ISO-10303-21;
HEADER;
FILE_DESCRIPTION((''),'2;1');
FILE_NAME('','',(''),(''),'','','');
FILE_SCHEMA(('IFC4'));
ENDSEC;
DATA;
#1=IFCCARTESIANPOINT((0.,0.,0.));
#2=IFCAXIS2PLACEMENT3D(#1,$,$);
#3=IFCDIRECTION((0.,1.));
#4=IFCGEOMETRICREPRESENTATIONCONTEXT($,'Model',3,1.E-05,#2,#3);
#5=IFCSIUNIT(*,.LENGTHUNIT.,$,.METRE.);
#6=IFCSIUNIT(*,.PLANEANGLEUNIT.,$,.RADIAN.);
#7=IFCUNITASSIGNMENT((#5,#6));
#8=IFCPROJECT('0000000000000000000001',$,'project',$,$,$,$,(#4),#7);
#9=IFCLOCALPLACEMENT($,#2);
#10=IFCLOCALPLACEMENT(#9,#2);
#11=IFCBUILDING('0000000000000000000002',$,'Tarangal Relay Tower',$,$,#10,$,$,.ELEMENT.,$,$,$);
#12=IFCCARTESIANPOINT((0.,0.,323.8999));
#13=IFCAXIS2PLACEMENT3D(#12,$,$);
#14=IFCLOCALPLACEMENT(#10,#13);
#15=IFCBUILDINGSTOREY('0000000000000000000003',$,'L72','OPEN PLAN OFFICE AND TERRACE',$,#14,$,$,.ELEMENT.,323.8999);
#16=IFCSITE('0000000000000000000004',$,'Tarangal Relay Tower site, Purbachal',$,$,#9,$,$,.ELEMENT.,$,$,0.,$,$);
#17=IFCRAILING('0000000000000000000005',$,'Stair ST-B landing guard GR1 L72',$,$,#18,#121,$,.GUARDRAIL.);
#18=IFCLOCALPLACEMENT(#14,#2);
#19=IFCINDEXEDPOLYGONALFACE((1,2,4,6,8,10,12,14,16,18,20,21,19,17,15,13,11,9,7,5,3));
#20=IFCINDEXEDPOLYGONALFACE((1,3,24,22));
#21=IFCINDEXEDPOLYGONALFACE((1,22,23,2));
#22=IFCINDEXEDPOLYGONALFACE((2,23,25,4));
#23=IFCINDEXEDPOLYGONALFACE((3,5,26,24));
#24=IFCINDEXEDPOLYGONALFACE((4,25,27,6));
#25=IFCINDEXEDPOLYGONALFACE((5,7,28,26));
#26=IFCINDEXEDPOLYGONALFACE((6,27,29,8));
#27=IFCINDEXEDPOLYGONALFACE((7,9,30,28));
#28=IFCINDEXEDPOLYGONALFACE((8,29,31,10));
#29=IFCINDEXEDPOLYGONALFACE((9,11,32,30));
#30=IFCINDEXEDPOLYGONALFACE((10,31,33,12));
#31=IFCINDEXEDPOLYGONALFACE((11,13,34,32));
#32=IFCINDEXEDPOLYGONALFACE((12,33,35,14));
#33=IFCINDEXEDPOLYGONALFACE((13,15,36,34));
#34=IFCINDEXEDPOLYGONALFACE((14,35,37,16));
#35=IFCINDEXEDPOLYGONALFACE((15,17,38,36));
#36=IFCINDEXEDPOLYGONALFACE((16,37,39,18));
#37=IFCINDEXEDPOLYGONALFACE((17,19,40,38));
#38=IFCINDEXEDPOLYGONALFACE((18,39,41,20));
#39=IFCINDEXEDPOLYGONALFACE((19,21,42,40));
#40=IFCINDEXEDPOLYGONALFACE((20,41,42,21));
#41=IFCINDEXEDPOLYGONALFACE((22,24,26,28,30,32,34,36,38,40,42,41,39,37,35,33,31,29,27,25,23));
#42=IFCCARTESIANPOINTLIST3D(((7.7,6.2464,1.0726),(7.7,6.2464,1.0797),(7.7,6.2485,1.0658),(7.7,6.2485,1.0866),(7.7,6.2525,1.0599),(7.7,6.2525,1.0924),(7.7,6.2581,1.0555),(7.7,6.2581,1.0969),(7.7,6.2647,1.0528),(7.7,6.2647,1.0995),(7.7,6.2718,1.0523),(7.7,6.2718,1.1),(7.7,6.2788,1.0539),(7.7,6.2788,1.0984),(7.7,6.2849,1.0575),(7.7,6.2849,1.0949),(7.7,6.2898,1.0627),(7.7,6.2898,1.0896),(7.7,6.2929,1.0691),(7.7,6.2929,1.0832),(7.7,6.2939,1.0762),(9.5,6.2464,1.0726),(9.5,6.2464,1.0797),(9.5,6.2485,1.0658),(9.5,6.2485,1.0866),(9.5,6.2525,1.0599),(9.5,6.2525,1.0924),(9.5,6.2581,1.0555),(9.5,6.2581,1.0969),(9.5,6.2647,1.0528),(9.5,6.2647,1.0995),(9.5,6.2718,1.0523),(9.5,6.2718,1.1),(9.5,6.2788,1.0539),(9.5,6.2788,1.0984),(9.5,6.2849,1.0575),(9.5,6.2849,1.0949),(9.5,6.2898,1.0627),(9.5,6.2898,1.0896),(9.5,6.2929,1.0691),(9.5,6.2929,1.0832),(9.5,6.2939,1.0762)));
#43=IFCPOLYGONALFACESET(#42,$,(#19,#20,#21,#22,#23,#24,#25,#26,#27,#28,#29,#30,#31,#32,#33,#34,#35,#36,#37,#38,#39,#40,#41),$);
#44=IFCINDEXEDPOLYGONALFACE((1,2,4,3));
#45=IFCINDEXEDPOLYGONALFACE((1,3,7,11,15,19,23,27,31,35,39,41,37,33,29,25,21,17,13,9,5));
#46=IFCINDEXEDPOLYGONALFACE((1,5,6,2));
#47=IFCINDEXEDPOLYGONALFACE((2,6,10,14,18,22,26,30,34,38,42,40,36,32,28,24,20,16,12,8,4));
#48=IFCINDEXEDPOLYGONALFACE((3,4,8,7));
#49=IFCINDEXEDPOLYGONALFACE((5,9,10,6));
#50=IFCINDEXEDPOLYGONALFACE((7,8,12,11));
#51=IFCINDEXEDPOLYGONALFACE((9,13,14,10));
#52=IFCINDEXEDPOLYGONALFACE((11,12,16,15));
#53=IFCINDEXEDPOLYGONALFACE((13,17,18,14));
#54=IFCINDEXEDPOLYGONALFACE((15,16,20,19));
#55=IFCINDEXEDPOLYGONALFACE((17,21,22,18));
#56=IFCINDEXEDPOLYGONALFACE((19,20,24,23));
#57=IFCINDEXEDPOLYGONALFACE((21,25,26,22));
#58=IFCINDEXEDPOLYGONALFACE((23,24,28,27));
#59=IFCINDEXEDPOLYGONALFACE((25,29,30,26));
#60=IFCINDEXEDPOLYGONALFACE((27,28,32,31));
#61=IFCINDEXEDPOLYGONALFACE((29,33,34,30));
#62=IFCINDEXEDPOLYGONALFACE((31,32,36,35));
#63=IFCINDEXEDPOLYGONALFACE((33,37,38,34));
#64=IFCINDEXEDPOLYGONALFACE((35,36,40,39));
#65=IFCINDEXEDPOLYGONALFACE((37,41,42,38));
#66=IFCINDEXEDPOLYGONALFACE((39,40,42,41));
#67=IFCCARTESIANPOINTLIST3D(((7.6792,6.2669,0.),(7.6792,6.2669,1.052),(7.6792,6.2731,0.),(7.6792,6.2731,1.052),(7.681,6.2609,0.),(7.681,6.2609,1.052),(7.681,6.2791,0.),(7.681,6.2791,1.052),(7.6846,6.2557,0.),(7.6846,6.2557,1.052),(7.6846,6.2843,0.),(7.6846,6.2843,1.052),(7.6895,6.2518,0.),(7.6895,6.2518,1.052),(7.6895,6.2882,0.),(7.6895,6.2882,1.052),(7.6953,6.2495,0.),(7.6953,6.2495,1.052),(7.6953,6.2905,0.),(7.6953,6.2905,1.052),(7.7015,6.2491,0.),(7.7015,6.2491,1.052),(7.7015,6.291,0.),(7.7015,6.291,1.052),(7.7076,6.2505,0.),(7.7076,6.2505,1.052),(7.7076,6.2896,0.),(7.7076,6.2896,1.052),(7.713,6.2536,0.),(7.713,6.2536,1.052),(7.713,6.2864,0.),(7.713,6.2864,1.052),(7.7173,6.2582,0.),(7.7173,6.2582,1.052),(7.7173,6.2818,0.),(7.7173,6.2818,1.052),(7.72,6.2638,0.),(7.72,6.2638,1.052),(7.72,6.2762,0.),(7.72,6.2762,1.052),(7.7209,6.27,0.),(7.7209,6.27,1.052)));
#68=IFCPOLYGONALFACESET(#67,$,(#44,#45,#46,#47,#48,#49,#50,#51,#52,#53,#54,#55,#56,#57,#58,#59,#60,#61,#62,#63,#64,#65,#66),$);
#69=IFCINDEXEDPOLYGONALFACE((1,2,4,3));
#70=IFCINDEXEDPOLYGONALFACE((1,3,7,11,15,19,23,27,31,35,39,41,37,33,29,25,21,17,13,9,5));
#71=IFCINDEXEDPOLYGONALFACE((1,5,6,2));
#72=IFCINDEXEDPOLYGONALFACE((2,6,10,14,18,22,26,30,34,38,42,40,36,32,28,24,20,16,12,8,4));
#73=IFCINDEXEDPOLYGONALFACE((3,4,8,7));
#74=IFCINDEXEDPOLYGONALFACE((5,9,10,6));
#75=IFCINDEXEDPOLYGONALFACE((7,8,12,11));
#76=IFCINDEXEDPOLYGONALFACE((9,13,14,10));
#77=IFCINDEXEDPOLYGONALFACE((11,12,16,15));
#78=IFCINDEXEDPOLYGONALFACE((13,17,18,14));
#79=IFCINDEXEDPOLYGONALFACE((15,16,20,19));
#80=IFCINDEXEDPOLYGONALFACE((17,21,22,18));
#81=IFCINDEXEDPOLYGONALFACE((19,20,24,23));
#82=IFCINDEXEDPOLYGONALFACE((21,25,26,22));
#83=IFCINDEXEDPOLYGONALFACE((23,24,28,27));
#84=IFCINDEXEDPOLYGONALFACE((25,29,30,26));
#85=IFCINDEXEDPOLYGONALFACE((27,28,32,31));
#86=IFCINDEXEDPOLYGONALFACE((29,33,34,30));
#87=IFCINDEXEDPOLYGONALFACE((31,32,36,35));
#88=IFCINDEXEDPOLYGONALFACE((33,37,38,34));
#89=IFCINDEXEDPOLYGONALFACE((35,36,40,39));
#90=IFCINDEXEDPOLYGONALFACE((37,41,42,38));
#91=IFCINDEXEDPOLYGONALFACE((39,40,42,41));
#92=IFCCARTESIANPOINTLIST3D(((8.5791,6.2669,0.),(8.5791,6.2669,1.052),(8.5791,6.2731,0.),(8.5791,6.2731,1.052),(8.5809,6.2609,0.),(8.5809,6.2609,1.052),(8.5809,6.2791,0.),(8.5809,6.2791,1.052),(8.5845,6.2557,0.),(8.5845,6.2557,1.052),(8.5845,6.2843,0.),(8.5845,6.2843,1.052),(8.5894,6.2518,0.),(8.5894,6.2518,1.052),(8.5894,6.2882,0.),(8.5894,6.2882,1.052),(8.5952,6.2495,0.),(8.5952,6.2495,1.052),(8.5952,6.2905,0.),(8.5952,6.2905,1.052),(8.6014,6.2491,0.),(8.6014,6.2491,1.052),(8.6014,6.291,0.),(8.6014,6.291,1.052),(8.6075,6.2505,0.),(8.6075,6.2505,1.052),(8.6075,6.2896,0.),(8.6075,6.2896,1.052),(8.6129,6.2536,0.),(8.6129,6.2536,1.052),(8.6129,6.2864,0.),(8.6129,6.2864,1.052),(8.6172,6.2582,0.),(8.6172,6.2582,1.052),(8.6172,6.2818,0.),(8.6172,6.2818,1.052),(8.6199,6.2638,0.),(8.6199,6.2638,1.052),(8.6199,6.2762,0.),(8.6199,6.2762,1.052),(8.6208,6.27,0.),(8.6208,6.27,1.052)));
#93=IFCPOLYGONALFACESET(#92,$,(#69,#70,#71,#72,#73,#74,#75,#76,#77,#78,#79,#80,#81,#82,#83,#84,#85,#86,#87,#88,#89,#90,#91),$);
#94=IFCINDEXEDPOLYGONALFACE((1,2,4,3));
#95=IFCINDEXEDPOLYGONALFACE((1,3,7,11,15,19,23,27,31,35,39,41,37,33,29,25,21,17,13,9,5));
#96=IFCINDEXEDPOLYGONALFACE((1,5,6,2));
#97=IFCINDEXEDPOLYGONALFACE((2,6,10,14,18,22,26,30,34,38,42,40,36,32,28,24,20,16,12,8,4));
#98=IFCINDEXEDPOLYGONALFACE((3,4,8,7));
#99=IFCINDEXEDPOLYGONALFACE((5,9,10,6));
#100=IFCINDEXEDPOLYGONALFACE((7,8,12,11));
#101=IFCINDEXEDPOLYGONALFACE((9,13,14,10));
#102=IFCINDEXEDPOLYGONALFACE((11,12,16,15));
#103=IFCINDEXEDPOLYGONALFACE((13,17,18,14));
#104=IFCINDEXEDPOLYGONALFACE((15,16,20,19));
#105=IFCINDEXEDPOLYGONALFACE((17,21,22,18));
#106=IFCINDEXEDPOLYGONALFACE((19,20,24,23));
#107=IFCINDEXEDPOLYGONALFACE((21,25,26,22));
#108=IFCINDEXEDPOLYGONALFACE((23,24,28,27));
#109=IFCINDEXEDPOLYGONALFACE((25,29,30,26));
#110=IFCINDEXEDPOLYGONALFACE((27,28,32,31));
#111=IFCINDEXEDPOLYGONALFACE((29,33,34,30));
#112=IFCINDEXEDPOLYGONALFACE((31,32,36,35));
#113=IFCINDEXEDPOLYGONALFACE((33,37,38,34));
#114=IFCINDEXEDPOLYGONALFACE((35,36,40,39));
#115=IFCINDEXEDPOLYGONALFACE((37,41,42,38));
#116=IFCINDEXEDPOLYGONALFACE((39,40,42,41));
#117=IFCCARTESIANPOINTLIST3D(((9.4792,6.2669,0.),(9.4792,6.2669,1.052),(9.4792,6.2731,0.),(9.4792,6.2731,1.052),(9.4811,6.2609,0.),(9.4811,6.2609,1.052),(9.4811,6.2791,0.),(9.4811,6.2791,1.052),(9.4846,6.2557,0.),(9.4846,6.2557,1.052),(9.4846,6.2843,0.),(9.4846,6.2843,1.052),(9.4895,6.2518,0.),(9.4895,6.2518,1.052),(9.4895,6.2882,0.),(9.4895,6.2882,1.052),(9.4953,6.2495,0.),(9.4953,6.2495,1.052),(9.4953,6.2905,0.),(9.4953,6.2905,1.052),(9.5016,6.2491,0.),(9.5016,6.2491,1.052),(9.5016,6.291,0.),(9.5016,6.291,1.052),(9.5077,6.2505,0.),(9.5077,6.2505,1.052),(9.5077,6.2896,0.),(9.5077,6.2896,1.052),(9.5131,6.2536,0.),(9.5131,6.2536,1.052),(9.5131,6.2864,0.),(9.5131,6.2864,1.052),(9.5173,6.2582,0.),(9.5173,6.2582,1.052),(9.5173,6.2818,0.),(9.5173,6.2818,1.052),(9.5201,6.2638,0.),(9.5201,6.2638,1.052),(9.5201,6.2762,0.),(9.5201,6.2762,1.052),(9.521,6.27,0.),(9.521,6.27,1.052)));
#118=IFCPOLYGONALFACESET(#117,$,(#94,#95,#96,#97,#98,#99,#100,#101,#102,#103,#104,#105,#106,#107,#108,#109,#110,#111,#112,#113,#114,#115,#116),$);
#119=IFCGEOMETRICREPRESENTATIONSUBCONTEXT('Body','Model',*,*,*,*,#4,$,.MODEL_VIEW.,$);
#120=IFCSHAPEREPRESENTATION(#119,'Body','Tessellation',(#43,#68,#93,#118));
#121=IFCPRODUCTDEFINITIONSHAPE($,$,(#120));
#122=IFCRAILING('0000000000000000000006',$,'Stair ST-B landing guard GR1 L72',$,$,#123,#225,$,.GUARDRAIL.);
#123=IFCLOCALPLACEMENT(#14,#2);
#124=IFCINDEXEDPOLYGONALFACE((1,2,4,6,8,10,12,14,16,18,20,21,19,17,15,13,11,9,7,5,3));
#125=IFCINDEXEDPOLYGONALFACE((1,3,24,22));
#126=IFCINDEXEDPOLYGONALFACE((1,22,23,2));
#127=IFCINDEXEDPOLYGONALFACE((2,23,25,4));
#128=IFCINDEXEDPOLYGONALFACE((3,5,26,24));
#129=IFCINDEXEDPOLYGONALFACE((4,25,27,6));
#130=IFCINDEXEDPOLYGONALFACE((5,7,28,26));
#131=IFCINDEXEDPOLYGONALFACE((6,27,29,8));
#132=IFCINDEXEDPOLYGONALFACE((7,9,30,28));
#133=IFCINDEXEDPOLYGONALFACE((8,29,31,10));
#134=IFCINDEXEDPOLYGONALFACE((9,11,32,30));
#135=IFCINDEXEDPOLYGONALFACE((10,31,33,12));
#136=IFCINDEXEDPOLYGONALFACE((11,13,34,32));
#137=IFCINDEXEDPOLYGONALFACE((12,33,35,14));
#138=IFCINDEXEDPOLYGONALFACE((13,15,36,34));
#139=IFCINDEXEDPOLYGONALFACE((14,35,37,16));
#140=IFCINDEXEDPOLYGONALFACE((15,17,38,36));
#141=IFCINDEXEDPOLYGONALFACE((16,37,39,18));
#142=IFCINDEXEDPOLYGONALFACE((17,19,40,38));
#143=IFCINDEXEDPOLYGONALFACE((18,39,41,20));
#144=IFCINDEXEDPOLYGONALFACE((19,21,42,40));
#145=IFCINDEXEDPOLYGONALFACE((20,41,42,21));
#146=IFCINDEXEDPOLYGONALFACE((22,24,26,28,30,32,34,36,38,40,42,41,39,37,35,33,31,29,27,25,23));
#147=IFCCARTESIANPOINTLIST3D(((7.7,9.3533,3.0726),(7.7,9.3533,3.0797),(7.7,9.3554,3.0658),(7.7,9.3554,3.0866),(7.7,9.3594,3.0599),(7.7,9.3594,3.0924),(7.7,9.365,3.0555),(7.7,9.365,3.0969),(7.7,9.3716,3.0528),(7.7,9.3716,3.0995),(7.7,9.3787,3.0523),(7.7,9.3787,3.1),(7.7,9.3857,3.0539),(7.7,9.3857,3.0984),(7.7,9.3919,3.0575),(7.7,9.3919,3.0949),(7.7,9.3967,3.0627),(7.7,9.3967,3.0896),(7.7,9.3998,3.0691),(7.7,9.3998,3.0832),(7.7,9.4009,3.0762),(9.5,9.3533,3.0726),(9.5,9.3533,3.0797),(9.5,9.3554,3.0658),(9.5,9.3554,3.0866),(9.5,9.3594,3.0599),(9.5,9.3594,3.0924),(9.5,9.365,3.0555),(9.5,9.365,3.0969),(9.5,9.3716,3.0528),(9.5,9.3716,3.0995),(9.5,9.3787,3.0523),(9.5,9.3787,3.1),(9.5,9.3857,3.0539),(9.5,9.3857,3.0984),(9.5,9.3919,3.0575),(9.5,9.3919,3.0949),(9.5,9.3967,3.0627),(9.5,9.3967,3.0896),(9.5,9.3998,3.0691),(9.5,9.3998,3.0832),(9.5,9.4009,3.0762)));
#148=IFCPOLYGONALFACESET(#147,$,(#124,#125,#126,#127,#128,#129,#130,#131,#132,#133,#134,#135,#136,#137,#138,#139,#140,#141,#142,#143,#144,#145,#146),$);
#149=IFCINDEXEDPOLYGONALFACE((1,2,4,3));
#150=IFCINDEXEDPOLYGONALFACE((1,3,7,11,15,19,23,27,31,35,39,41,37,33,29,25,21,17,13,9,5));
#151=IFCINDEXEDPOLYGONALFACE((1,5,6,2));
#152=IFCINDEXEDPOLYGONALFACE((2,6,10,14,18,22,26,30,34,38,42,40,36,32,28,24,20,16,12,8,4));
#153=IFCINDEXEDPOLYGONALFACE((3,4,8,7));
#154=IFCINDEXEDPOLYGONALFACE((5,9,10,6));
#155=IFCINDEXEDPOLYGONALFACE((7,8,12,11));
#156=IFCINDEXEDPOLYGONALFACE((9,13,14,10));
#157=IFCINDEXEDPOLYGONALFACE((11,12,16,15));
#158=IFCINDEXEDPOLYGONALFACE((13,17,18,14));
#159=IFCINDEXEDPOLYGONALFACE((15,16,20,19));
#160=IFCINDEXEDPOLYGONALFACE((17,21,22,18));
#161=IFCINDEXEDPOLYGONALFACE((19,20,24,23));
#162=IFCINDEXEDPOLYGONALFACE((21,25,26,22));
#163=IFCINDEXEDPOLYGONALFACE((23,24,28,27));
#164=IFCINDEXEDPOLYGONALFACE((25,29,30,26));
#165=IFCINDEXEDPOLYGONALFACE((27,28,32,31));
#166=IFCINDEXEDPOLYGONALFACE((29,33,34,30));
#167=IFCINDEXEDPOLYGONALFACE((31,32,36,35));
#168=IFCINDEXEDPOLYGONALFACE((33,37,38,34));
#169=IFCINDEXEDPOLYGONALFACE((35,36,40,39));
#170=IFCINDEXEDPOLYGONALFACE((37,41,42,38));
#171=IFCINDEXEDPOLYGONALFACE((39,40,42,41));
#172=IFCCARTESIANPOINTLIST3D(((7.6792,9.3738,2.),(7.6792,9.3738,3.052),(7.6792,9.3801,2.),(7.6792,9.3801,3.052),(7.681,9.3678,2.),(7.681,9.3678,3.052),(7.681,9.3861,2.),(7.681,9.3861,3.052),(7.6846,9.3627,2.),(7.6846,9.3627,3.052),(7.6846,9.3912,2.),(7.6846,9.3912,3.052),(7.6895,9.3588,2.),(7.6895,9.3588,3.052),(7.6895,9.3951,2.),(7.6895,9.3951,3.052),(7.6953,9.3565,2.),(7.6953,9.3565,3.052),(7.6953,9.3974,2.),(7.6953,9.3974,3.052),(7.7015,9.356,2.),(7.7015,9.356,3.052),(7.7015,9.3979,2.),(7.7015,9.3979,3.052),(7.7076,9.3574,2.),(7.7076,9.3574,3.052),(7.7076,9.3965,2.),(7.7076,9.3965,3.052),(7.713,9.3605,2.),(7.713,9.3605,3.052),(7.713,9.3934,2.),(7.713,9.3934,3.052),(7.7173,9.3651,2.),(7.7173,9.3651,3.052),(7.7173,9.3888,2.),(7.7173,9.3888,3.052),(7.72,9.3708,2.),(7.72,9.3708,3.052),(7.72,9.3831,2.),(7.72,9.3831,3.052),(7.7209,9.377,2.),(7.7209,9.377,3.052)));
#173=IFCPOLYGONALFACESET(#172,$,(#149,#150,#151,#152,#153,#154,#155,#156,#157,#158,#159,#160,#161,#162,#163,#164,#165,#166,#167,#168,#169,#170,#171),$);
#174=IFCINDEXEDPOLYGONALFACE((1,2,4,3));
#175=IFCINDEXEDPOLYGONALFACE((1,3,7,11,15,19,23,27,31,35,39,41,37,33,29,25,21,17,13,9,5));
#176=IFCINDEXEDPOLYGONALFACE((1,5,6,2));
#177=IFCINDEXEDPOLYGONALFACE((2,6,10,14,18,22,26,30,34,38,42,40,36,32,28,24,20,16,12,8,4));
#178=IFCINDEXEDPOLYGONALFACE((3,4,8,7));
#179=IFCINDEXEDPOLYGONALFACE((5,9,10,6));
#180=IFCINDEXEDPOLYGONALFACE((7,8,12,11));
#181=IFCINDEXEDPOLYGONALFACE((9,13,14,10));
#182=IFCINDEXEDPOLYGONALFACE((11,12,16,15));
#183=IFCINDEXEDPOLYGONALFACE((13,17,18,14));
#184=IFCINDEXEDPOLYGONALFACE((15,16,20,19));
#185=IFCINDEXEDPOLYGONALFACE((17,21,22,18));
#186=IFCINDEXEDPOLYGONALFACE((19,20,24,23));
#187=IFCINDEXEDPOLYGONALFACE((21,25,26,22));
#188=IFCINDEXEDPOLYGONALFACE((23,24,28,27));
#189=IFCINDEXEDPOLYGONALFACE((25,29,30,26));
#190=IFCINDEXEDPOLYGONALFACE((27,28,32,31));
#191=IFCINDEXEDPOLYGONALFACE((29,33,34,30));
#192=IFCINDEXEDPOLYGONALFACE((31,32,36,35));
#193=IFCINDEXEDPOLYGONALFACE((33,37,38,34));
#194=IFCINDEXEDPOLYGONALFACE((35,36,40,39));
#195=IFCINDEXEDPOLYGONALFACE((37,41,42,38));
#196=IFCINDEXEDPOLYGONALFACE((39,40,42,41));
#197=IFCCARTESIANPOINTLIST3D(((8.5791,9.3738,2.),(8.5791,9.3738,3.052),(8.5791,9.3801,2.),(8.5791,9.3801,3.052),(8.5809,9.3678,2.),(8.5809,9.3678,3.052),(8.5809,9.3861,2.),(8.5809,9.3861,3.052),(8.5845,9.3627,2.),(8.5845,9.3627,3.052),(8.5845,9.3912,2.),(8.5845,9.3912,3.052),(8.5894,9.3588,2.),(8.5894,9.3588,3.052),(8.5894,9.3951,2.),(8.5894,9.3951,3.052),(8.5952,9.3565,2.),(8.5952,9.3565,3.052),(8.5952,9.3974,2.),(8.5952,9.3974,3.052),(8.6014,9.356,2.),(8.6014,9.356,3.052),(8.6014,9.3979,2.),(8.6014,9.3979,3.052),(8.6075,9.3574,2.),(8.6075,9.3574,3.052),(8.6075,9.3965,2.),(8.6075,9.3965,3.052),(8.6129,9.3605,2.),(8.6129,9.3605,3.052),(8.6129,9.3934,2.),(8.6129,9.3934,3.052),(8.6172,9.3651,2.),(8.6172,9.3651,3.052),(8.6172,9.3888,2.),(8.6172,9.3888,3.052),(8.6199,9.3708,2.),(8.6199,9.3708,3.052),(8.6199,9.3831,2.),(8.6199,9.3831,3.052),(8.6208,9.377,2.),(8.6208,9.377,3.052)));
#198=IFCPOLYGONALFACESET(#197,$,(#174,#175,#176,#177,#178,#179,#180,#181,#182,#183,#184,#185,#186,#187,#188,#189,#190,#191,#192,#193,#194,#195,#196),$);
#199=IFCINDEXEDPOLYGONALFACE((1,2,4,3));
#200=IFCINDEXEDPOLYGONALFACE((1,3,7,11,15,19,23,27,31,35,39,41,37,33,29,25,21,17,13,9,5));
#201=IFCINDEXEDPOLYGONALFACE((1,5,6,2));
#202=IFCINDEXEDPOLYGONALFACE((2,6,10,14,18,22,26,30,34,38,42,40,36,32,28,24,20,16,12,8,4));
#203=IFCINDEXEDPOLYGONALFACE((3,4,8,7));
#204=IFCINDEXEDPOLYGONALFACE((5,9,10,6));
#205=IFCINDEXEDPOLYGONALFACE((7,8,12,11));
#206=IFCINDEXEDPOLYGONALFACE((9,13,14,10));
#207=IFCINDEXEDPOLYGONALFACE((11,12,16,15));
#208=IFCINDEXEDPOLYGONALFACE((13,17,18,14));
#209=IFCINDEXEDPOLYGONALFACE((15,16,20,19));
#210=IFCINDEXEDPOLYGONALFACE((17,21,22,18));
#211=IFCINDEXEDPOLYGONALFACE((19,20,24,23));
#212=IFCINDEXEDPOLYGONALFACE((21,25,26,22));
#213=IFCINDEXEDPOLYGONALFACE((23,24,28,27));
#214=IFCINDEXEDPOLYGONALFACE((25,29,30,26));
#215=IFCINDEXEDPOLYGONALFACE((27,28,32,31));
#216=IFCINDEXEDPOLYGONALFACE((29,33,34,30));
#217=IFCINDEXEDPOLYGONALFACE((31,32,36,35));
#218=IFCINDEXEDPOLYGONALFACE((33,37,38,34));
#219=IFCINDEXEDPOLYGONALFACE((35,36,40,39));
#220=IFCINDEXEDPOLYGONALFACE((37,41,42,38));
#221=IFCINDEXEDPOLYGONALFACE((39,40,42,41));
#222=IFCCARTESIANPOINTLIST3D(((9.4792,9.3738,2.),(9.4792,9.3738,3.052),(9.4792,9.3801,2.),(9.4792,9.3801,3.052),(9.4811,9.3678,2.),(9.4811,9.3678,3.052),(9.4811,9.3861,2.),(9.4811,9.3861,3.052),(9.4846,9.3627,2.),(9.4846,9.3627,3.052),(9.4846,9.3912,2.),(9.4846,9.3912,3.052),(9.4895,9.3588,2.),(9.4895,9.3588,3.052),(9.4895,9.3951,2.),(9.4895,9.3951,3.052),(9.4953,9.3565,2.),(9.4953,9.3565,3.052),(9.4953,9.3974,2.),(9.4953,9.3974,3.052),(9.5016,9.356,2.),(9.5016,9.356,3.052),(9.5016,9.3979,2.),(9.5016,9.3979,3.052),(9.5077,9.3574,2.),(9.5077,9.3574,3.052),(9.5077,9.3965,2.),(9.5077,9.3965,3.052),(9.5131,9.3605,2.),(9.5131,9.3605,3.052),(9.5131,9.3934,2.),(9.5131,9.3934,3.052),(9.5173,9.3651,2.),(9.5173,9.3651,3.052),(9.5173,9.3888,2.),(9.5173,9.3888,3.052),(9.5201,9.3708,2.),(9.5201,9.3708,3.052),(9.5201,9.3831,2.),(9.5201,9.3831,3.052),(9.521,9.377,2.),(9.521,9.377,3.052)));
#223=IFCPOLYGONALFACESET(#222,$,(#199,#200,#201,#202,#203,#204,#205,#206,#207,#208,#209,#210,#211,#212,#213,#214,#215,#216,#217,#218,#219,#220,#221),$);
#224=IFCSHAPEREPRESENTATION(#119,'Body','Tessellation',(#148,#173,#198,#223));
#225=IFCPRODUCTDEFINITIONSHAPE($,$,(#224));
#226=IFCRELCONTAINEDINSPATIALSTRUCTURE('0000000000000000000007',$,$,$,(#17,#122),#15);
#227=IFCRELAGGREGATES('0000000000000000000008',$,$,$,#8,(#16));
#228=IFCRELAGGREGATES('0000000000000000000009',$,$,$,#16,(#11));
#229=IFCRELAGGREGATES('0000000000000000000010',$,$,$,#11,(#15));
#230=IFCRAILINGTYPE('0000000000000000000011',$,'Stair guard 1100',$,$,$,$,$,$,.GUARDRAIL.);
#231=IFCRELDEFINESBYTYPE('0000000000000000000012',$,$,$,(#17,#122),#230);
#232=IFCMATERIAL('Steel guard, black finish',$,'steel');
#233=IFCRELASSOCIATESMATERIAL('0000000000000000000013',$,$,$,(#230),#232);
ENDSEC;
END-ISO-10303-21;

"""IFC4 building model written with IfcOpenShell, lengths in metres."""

from ifc_helpers import new_model, si_unit, direction, frame, origin, origin_2d, place, context, subcontext, project, spatial, circle, extrude, material, type_object, element, save


model = new_model("IFC4")

# Units and contexts
model_context = context("Model", 3, precision=1e-05, world=origin(), true_north=direction((0.0, 1.0)))
body_context = subcontext(model_context, "Body", "Model", "MODEL_VIEW")
ifc_project = project(units=[si_unit("LENGTHUNIT", "METRE"), si_unit("PLANEANGLEUNIT", "RADIAN")], contexts=[model_context])

# Site, building, storey
site_placement = place(None, origin())
site = spatial("IfcSite", under=ifc_project, at=site_placement, Name="Tarangal Relay Tower site, Purbachal", CompositionType="ELEMENT", RefElevation=0.0)
building_placement = place(site_placement, origin())
building = spatial("IfcBuilding", under=site, at=building_placement, Name="Tarangal Relay Tower", CompositionType="ELEMENT")
storey_placement = place(building_placement, frame((0.0, 0.0, 323.8999)))
storey = spatial("IfcBuildingStorey", under=building, at=storey_placement, Name="L72", Description="OPEN PLAN OFFICE AND TERRACE", CompositionType="ELEMENT", Elevation=323.8999)

# Railings
ifc_material_1 = material(Name="Steel guard, black finish", Category="steel")
railing_type_1 = type_object("IfcRailingType", Name="Stair guard 1100", PredefinedType="GUARDRAIL", material=ifc_material_1)
for number, where, name in (
    (1, (7.7, 6.27, 0.0), "Stair ST-B landing guard GR1 L72"),
    (2, (7.7, 9.377, 2.0), "Stair ST-B landing guard GR1 L72"),
):
    element("IfcRailing", number, at=place(storey_placement, frame(where)), inside=storey, type_object=railing_type_1, Name=name, PredefinedType="GUARDRAIL", context=body_context, shape_type="SweptSolid", body=[
        extrude(circle(Radius=0.0239, at=origin_2d()), frame((0.0, 0.0, 1.0762), z_axis=(1.0, 0.0, 0.0), x_axis=(0.0, 1.0, 0.0)), (0.0, 0.0, 1.0), 1.8),
        extrude(circle(Radius=0.021, at=origin_2d()), origin(), (0.0, 0.0, 1.0), 1.052),
        extrude(circle(Radius=0.021, at=origin_2d()), frame((0.8999, 0.0, 0.0)), (0.0, 0.0, 1.0), 1.052),
        extrude(circle(Radius=0.021, at=origin_2d()), frame((1.8, 0.0, 0.0)), (0.0, 0.0, 1.0), 1.052),
    ])

save(model, "model.ifc")
